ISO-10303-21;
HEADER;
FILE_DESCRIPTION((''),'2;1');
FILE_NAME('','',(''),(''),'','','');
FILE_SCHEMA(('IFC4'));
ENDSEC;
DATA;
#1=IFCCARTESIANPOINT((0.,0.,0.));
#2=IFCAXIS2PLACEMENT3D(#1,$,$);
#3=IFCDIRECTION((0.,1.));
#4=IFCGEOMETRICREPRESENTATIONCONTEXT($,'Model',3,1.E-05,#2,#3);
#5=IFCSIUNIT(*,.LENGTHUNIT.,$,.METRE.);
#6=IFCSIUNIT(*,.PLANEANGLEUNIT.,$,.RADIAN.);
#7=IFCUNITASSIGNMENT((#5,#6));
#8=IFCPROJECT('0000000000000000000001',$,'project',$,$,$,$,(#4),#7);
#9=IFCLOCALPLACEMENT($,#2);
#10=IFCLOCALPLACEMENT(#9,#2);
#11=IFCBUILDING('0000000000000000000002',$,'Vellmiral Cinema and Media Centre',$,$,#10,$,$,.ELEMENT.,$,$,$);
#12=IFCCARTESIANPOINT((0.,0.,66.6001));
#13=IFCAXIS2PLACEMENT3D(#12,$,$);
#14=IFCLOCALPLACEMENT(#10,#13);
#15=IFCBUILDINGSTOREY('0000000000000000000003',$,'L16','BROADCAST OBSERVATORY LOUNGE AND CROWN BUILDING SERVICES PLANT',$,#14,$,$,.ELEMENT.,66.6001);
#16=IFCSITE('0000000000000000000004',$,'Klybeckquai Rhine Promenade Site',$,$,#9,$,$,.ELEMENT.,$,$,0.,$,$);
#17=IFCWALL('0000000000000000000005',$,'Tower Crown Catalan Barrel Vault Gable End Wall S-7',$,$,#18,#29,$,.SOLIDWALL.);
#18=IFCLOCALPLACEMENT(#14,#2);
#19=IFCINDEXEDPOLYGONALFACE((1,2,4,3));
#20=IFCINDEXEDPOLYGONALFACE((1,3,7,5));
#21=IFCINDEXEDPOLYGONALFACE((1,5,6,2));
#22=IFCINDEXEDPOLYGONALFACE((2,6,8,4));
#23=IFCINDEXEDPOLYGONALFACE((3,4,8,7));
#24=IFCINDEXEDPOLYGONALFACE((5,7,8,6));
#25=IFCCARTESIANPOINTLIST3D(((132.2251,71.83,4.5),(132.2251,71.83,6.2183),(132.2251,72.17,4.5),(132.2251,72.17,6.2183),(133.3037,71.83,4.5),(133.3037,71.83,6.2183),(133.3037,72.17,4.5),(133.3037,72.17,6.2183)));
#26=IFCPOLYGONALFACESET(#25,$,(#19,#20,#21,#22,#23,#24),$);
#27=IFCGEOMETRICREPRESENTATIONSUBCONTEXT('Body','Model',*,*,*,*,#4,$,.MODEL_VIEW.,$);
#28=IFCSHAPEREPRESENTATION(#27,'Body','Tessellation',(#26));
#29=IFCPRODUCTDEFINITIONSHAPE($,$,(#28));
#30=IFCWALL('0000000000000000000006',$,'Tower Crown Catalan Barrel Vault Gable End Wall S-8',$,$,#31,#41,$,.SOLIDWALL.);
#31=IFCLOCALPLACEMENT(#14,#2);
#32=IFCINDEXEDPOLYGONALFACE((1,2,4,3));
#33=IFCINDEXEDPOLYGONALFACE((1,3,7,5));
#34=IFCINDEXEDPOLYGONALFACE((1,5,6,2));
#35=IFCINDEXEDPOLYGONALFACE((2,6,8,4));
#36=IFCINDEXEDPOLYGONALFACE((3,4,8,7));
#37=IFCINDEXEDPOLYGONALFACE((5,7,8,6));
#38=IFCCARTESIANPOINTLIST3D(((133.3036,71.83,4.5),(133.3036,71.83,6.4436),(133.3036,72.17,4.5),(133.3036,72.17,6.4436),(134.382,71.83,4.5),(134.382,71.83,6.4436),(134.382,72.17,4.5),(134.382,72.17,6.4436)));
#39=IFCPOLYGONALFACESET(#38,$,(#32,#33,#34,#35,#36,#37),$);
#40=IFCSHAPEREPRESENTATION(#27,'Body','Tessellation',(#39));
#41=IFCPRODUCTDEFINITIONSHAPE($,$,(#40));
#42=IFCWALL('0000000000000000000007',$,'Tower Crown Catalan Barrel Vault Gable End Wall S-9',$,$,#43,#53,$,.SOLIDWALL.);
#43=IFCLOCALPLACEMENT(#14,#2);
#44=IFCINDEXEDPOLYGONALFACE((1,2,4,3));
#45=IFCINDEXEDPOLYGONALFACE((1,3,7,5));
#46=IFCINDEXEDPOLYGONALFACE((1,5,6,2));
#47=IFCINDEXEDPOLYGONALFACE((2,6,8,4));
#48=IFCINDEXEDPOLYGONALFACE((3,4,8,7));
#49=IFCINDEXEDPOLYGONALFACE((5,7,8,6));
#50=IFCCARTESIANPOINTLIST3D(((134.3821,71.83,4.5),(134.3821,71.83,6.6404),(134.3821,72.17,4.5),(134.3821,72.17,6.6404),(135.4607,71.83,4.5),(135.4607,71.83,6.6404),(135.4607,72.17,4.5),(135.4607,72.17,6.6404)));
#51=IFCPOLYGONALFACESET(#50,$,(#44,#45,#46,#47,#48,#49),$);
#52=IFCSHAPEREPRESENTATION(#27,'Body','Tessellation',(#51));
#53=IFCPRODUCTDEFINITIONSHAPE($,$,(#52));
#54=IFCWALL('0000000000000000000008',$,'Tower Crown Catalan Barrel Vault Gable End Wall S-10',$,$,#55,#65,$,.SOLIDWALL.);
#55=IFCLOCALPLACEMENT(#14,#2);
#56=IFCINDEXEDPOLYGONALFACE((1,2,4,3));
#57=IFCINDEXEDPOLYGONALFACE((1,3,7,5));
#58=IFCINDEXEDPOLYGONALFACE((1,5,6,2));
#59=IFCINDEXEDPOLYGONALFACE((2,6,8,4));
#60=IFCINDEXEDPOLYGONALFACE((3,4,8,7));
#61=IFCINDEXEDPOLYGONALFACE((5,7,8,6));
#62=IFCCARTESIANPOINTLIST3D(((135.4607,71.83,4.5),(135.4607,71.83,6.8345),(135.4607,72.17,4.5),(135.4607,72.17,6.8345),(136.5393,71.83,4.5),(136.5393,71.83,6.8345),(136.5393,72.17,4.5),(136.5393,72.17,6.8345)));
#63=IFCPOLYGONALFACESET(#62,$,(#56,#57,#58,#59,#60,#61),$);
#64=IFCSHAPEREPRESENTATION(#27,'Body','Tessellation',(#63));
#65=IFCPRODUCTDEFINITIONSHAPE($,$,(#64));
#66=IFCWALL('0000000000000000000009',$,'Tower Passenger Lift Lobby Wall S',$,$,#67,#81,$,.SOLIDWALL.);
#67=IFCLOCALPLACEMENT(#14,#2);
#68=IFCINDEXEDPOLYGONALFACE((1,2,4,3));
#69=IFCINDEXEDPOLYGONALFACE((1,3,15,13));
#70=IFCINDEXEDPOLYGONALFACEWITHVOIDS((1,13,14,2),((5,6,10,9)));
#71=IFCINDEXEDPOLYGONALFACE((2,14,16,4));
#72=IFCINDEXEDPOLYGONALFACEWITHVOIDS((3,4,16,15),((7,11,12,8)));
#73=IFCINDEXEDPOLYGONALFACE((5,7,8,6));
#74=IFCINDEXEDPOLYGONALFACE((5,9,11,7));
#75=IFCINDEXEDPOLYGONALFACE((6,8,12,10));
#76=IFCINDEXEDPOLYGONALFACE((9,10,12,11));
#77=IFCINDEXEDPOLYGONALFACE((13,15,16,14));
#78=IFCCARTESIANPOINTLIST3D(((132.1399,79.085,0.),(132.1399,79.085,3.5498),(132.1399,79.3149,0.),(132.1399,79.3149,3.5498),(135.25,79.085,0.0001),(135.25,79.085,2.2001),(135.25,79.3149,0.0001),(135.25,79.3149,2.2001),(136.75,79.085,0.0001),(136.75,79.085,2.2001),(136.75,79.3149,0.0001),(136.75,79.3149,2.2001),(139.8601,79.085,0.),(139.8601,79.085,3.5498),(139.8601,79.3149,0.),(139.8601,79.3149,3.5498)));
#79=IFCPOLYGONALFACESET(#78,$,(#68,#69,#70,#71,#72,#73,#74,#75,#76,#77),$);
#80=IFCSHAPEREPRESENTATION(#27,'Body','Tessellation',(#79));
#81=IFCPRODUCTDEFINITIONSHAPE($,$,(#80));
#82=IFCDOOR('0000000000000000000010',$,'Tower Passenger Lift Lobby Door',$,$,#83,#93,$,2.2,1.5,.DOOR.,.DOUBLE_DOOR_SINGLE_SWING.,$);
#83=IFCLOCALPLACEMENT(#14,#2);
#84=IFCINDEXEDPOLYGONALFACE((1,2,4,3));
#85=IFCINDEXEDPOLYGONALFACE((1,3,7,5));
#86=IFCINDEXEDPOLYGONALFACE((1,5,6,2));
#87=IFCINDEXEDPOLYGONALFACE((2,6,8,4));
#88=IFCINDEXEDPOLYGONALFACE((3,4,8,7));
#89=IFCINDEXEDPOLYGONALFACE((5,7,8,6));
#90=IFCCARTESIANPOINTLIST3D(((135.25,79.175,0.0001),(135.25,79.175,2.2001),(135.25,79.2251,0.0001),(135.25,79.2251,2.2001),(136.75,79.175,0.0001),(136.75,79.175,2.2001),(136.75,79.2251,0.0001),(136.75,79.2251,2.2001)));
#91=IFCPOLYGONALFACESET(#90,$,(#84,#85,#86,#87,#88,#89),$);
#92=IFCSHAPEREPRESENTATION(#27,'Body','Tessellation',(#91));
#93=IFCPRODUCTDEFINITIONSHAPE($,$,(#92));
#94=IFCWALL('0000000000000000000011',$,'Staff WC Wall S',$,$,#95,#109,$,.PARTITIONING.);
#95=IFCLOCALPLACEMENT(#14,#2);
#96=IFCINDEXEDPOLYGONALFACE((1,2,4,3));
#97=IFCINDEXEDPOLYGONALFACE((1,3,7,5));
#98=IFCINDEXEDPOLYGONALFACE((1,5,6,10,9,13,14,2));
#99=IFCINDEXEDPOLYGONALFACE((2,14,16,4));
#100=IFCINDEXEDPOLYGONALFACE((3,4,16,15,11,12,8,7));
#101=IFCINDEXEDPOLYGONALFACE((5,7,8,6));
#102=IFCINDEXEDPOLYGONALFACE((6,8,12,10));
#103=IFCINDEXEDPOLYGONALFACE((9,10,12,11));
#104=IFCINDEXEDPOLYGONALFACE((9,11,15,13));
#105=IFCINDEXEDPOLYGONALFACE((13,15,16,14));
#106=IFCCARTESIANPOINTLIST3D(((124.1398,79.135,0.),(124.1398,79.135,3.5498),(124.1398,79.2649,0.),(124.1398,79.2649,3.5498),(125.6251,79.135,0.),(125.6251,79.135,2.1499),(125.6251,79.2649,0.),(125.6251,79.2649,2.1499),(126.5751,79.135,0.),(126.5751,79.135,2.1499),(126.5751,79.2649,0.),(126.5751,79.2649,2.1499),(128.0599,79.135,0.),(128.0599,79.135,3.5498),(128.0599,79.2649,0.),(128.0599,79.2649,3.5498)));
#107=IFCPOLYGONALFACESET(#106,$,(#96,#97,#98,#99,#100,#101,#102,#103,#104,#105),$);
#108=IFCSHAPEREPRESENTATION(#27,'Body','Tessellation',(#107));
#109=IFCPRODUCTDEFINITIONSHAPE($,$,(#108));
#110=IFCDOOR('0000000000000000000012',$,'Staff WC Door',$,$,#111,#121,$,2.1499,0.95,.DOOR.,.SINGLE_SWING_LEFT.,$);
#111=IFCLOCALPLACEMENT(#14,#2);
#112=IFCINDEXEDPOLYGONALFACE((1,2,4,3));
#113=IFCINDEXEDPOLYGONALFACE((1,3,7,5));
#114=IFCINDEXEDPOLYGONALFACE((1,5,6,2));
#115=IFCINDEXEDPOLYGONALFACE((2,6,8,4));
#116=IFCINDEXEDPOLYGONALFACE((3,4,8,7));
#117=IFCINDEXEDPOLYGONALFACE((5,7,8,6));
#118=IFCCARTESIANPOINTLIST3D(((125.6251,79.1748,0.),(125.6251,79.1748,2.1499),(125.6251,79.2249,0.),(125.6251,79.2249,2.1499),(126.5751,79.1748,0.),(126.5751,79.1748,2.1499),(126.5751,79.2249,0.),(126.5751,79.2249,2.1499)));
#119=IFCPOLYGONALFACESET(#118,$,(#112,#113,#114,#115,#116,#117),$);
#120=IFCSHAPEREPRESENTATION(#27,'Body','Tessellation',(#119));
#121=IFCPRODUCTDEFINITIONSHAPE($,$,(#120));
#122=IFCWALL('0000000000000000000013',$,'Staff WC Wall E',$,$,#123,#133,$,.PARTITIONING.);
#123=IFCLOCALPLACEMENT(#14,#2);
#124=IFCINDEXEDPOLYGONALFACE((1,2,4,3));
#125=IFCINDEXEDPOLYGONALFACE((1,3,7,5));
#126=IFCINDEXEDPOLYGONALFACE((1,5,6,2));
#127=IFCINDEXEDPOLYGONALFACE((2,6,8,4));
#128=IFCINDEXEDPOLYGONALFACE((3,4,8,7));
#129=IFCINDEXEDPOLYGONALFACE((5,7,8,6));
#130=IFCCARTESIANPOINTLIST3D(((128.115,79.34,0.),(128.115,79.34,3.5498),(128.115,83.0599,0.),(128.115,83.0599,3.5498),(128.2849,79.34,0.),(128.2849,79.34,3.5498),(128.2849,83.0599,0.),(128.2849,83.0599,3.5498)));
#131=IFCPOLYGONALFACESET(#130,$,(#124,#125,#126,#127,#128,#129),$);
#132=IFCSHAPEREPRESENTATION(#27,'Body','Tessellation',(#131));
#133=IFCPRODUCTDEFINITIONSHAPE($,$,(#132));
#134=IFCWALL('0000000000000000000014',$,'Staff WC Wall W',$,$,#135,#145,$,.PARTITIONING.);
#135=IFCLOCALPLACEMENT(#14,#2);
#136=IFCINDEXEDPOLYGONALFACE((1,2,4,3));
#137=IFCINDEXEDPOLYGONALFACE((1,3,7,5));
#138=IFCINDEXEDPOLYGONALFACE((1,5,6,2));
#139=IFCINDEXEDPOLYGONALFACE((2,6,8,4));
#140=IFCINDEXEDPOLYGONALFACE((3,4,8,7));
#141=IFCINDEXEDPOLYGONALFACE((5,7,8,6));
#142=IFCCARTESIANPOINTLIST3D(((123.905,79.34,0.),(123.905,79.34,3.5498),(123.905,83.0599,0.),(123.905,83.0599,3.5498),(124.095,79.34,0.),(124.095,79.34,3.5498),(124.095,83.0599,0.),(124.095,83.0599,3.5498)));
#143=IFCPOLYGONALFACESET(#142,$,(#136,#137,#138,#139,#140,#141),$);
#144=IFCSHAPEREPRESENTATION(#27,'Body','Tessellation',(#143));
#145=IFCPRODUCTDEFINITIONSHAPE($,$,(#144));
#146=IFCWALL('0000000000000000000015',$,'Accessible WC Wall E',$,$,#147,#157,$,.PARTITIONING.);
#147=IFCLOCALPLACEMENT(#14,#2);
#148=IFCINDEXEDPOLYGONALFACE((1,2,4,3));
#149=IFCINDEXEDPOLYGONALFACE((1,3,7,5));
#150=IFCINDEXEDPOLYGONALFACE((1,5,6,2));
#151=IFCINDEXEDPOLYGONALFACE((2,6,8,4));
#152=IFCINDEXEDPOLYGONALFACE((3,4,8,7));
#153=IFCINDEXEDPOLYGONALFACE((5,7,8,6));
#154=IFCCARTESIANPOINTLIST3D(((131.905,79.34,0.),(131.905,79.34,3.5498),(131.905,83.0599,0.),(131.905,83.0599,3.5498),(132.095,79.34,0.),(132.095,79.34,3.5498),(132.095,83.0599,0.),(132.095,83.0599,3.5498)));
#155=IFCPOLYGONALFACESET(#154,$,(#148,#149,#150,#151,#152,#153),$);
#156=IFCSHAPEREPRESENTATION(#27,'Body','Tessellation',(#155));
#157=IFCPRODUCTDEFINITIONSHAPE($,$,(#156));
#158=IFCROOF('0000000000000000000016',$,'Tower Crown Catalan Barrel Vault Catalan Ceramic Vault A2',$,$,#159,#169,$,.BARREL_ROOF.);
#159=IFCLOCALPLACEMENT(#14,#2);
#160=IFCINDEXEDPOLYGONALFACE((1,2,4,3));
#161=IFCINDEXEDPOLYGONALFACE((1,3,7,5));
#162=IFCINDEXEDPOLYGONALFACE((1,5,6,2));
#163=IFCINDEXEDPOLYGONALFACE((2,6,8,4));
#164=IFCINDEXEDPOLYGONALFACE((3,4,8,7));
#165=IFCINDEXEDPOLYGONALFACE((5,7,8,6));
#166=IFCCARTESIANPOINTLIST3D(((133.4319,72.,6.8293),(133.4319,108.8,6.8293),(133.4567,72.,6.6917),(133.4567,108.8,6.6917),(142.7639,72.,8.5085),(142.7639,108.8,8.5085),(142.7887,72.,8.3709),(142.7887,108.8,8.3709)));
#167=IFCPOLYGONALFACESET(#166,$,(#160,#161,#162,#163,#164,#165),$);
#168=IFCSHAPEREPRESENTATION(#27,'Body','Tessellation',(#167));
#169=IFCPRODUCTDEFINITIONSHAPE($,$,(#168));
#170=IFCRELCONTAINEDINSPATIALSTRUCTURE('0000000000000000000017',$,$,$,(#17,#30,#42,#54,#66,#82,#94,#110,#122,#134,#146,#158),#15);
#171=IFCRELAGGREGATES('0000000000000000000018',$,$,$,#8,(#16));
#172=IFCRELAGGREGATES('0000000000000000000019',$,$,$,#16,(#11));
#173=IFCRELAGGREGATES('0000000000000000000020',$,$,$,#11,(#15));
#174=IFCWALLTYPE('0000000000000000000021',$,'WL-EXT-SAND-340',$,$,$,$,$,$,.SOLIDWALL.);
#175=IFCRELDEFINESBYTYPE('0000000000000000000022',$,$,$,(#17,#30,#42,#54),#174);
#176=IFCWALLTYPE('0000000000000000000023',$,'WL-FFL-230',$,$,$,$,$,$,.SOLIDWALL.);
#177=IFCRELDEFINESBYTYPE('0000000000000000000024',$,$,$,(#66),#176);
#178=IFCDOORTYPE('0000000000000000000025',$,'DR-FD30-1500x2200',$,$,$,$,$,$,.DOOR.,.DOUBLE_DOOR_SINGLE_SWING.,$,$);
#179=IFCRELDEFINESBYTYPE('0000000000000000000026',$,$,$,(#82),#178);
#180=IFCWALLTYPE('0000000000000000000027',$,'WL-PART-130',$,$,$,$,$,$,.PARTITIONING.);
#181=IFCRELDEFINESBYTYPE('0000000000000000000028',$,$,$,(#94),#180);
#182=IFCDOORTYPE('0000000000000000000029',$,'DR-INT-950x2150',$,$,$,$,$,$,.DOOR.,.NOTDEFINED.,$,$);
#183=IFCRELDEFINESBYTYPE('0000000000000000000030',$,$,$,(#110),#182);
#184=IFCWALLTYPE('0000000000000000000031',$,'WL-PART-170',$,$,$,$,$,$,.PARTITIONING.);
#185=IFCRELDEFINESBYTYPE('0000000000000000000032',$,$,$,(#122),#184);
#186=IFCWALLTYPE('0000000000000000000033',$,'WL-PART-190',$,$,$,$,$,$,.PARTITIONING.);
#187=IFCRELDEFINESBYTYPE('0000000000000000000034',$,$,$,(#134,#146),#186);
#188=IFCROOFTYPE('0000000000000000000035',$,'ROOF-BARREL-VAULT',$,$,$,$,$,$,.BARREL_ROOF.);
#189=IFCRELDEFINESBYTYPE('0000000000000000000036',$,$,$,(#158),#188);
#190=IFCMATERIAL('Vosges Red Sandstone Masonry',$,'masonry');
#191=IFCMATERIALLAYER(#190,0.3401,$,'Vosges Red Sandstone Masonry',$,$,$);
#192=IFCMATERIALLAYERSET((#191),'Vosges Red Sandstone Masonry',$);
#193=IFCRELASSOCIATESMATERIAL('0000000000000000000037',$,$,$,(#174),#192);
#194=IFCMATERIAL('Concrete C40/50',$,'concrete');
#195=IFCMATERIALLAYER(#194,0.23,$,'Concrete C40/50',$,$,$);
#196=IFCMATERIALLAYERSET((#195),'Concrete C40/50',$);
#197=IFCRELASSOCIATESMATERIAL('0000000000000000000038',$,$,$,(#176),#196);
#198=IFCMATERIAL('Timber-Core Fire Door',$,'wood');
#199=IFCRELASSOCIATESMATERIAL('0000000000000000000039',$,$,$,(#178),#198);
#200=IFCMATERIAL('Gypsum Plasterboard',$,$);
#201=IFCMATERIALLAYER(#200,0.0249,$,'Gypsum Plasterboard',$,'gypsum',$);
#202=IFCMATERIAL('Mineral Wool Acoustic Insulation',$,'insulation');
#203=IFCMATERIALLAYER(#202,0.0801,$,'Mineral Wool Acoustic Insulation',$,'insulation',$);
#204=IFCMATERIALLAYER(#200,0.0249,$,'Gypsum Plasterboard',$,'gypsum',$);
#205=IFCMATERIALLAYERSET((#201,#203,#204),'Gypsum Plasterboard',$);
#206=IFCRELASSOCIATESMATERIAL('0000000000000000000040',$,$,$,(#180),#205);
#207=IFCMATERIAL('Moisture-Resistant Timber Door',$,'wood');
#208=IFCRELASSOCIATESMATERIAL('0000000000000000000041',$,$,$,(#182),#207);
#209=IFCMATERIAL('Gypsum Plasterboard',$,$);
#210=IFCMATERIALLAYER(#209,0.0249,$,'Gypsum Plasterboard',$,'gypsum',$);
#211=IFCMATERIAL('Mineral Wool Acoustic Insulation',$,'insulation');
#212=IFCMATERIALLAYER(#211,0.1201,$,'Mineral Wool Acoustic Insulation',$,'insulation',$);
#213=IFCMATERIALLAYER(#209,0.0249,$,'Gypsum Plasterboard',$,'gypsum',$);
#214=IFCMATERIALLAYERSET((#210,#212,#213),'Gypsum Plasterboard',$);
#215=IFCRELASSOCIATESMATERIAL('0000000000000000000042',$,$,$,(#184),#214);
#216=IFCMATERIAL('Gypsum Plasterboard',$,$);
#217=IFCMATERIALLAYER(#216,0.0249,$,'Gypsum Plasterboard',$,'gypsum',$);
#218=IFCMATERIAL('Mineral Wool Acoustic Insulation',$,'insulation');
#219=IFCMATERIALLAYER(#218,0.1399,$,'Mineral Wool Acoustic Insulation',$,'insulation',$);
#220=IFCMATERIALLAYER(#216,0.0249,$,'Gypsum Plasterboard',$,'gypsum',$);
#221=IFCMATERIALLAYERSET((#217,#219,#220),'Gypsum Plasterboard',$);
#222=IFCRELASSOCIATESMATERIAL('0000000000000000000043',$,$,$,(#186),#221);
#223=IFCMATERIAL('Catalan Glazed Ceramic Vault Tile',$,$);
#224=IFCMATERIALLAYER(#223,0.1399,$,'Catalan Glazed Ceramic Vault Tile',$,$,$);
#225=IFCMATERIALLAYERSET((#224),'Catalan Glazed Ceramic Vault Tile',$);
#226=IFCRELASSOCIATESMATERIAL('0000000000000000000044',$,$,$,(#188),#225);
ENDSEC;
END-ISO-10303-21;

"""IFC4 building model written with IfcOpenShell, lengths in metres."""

from ifc_helpers import new_model, si_unit, direction, frame, frame_2d, origin, place, context, subcontext, project, spatial, polyline, rectangle, outline, extrude, material, layer, layer_set, type_object, element, fill, save


model = new_model("IFC4")

# Units and contexts
model_context = context("Model", 3, precision=1e-05, world=origin(), true_north=direction((0.0, 1.0)))
body_context = subcontext(model_context, "Body", "Model", "MODEL_VIEW")
ifc_project = project(units=[si_unit("LENGTHUNIT", "METRE"), si_unit("PLANEANGLEUNIT", "RADIAN")], contexts=[model_context])

# Site, building, storey
site_placement = place(None, origin())
site = spatial("IfcSite", under=ifc_project, at=site_placement, Name="Klybeckquai Rhine Promenade Site", CompositionType="ELEMENT", RefElevation=0.0)
building_placement = place(site_placement, origin())
building = spatial("IfcBuilding", under=site, at=building_placement, Name="Vellmiral Cinema and Media Centre", CompositionType="ELEMENT")
storey_placement = place(building_placement, frame((0.0, 0.0, 66.6001)))
storey = spatial("IfcBuildingStorey", under=building, at=storey_placement, Name="L16", Description="BROADCAST OBSERVATORY LOUNGE AND CROWN BUILDING SERVICES PLANT", CompositionType="ELEMENT", Elevation=66.6001)

# Walls
ifc_material_1 = material(Name="Vosges Red Sandstone Masonry", Category="masonry")
ifc_layer_1 = layer(ifc_material_1, 0.3401, Name="Vosges Red Sandstone Masonry")
ifc_layer_set_1 = layer_set([ifc_layer_1], Name="Vosges Red Sandstone Masonry")
wall_type_1 = type_object("IfcWallType", Name="WL-EXT-SAND-340", PredefinedType="SOLIDWALL", material=ifc_layer_set_1)
wall_1_placement = place(storey_placement, frame((132.2251, 72.0, 4.5), z_axis=(0.0, 0.0, 1.0), x_axis=(1.0, 0.0, 0.0)))
element("IfcWall", 1, at=wall_1_placement, inside=storey, type_object=wall_type_1, Name="Tower Crown Catalan Barrel Vault Gable End Wall S-7", PredefinedType="SOLIDWALL", context=body_context, shape_type="SweptSolid", body=[
    extrude(rectangle(XDim=1.0786, YDim=0.3401, at=frame_2d((0.5393, 0.0))), origin(), (0.0, 0.0, 1.0), 1.7183),
])
wall_2_placement = place(storey_placement, frame((133.3037, 72.0, 4.5), z_axis=(0.0, 0.0, 1.0), x_axis=(1.0, 0.0, 0.0)))
element("IfcWall", 2, at=wall_2_placement, inside=storey, type_object=wall_type_1, Name="Tower Crown Catalan Barrel Vault Gable End Wall S-8", PredefinedType="SOLIDWALL", context=body_context, shape_type="SweptSolid", body=[
    extrude(rectangle(XDim=1.0784, YDim=0.3401, at=frame_2d((0.5391, 0.0))), origin(), (0.0, 0.0, 1.0), 1.9436),
])
wall_3_placement = place(storey_placement, frame((134.3821, 72.0, 4.5), z_axis=(0.0, 0.0, 1.0), x_axis=(1.0, 0.0, 0.0)))
element("IfcWall", 3, at=wall_3_placement, inside=storey, type_object=wall_type_1, Name="Tower Crown Catalan Barrel Vault Gable End Wall S-9", PredefinedType="SOLIDWALL", context=body_context, shape_type="SweptSolid", body=[
    extrude(rectangle(XDim=1.0786, YDim=0.3401, at=frame_2d((0.5393, 0.0))), origin(), (0.0, 0.0, 1.0), 2.1404),
])
wall_4_placement = place(storey_placement, frame((135.4607, 72.0, 4.5), z_axis=(0.0, 0.0, 1.0), x_axis=(1.0, 0.0, 0.0)))
element("IfcWall", 4, at=wall_4_placement, inside=storey, type_object=wall_type_1, Name="Tower Crown Catalan Barrel Vault Gable End Wall S-10", PredefinedType="SOLIDWALL", context=body_context, shape_type="SweptSolid", body=[
    extrude(rectangle(XDim=1.0786, YDim=0.3401, at=frame_2d((0.5393, 0.0))), origin(), (0.0, 0.0, 1.0), 2.3345),
])

# Walls, openings, doors
ifc_material_2 = material(Name="Concrete C40/50", Category="concrete")
ifc_layer_2 = layer(ifc_material_2, 0.23, Name="Concrete C40/50")
ifc_layer_set_2 = layer_set([ifc_layer_2], Name="Concrete C40/50")
wall_type_2 = type_object("IfcWallType", Name="WL-FFL-230", PredefinedType="SOLIDWALL", material=ifc_layer_set_2)
wall_5_placement = place(storey_placement, frame((132.1399, 79.2, 0.0), z_axis=(0.0, 0.0, 1.0), x_axis=(1.0, 0.0, 0.0)))
wall_5 = element("IfcWall", 5, at=wall_5_placement, inside=storey, type_object=wall_type_2, Name="Tower Passenger Lift Lobby Wall S", PredefinedType="SOLIDWALL", context=body_context, shape_type="SweptSolid", body=[
    extrude(rectangle(XDim=7.7202, YDim=0.23, at=frame_2d((3.8601, 0.0))), origin(), (0.0, 0.0, 1.0), 3.5498),
])
opening_1_placement = place(wall_5_placement, frame((3.1101, 0.0, 0.0)))
opening_1 = element("IfcOpeningElement", 6, at=opening_1_placement, cuts=wall_5, PredefinedType="OPENING", context=body_context, shape_type="SweptSolid", body=[
    extrude(rectangle(XDim=1.5, YDim=2.2, at=frame_2d((0.75, 1.1001))), frame((0.0, 0.127, 0.0), z_axis=(0.0, -1.0, 0.0), x_axis=(1.0, 0.0, 0.0)), (0.0, 0.0, 1.0), 0.2539),
])
ifc_material_3 = material(Name="Timber-Core Fire Door", Category="wood")
door_type_1 = type_object("IfcDoorType", Name="DR-FD30-1500x2200", OperationType="DOUBLE_DOOR_SINGLE_SWING", PredefinedType="DOOR", material=ifc_material_3)
door_1_placement = place(opening_1_placement, frame((1.5, 0.0, 0.0), z_axis=(0.0, 0.0, 1.0), x_axis=(-1.0, 0.0, 0.0)))
door_1 = element("IfcDoor", 7, at=door_1_placement, inside=storey, type_object=door_type_1, Name="Tower Passenger Lift Lobby Door", OperationType="DOUBLE_DOOR_SINGLE_SWING", OverallHeight=2.2, OverallWidth=1.5, PredefinedType="DOOR", context=body_context, shape_type="SweptSolid", body=[
    extrude(rectangle(XDim=1.5, YDim=2.2, at=frame_2d((0.75, 1.1001))), frame((0.0, 0.0249, 0.0), z_axis=(0.0, -1.0, 0.0), x_axis=(1.0, 0.0, 0.0)), (0.0, 0.0, 1.0), 0.05),
])
fill(opening_1, door_1)
ifc_material_4 = material(Name="Gypsum Plasterboard")
ifc_layer_3 = layer(ifc_material_4, 0.0249, Name="Gypsum Plasterboard", Category="gypsum")
ifc_material_5 = material(Name="Mineral Wool Acoustic Insulation", Category="insulation")
ifc_layer_4 = layer(ifc_material_5, 0.0801, Name="Mineral Wool Acoustic Insulation", Category="insulation")
ifc_layer_5 = layer(ifc_material_4, 0.0249, Name="Gypsum Plasterboard", Category="gypsum")
ifc_layer_set_3 = layer_set([ifc_layer_3, ifc_layer_4, ifc_layer_5], Name="Gypsum Plasterboard")
wall_type_3 = type_object("IfcWallType", Name="WL-PART-130", PredefinedType="PARTITIONING", material=ifc_layer_set_3)
wall_6_placement = place(storey_placement, frame((124.1399, 79.2, 0.0), z_axis=(0.0, 0.0, 1.0), x_axis=(1.0, 0.0, 0.0)))
wall_6 = element("IfcWall", 8, at=wall_6_placement, inside=storey, type_object=wall_type_3, Name="Staff WC Wall S", PredefinedType="PARTITIONING", context=body_context, shape_type="SweptSolid", body=[
    extrude(rectangle(XDim=3.9202, YDim=0.1299, at=frame_2d((1.96, 0.0))), origin(), (0.0, 0.0, 1.0), 3.5498),
])
opening_2_placement = place(wall_6_placement, frame((1.4851, 0.0, 0.0)))
opening_2 = element("IfcOpeningElement", 9, at=opening_2_placement, cuts=wall_6, PredefinedType="OPENING", context=body_context, shape_type="SweptSolid", body=[
    extrude(rectangle(XDim=0.95, YDim=2.1499, at=frame_2d((0.4751, 1.075))), frame((0.0, 0.0769, 0.0), z_axis=(0.0, -1.0, 0.0), x_axis=(1.0, 0.0, 0.0)), (0.0, 0.0, 1.0), 0.1538),
])
ifc_material_6 = material(Name="Moisture-Resistant Timber Door", Category="wood")
door_type_2 = type_object("IfcDoorType", Name="DR-INT-950x2150", OperationType="NOTDEFINED", PredefinedType="DOOR", material=ifc_material_6)
door_2_placement = place(opening_2_placement, origin())
door_2 = element("IfcDoor", 10, at=door_2_placement, inside=storey, type_object=door_type_2, Name="Staff WC Door", OperationType="SINGLE_SWING_LEFT", OverallHeight=2.1499, OverallWidth=0.95, PredefinedType="DOOR", context=body_context, shape_type="SweptSolid", body=[
    extrude(rectangle(XDim=0.95, YDim=2.1499, at=frame_2d((0.4751, 1.075))), frame((0.0, 0.0249, 0.0), z_axis=(0.0, -1.0, 0.0), x_axis=(1.0, 0.0, 0.0)), (0.0, 0.0, 1.0), 0.05),
])
fill(opening_2, door_2)

# Walls
ifc_material_7 = material(Name="Gypsum Plasterboard")
ifc_layer_6 = layer(ifc_material_7, 0.0249, Name="Gypsum Plasterboard", Category="gypsum")
ifc_material_8 = material(Name="Mineral Wool Acoustic Insulation", Category="insulation")
ifc_layer_7 = layer(ifc_material_8, 0.1201, Name="Mineral Wool Acoustic Insulation", Category="insulation")
ifc_layer_8 = layer(ifc_material_7, 0.0249, Name="Gypsum Plasterboard", Category="gypsum")
ifc_layer_set_4 = layer_set([ifc_layer_6, ifc_layer_7, ifc_layer_8], Name="Gypsum Plasterboard")
wall_type_4 = type_object("IfcWallType", Name="WL-PART-170", PredefinedType="PARTITIONING", material=ifc_layer_set_4)
wall_7_placement = place(storey_placement, frame((128.2, 79.3401, 0.0), z_axis=(0.0, 0.0, 1.0), x_axis=(0.0, 1.0, 0.0)))
element("IfcWall", 11, at=wall_7_placement, inside=storey, type_object=wall_type_4, Name="Staff WC Wall E", PredefinedType="PARTITIONING", context=body_context, shape_type="SweptSolid", body=[
    extrude(rectangle(XDim=3.72, YDim=0.1699, at=frame_2d((1.8599, 0.0))), origin(), (0.0, 0.0, 1.0), 3.5498),
])
ifc_material_9 = material(Name="Gypsum Plasterboard")
ifc_layer_9 = layer(ifc_material_9, 0.0249, Name="Gypsum Plasterboard", Category="gypsum")
ifc_material_10 = material(Name="Mineral Wool Acoustic Insulation", Category="insulation")
ifc_layer_10 = layer(ifc_material_10, 0.1399, Name="Mineral Wool Acoustic Insulation", Category="insulation")
ifc_layer_11 = layer(ifc_material_9, 0.0249, Name="Gypsum Plasterboard", Category="gypsum")
ifc_layer_set_5 = layer_set([ifc_layer_9, ifc_layer_10, ifc_layer_11], Name="Gypsum Plasterboard")
wall_type_5 = type_object("IfcWallType", Name="WL-PART-190", PredefinedType="PARTITIONING", material=ifc_layer_set_5)
for number, where, z_axis, x_axis, name in (
    (12, (124.0, 79.3401, 0.0), (0.0, 0.0, 1.0), (0.0, 1.0, 0.0), "Staff WC Wall W"),
    (13, (132.0, 79.3401, 0.0), (0.0, 0.0, 1.0), (0.0, 1.0, 0.0), "Accessible WC Wall E"),
):
    element("IfcWall", number, at=place(storey_placement, frame(where, z_axis=z_axis, x_axis=x_axis)), inside=storey, type_object=wall_type_5, Name=name, PredefinedType="PARTITIONING", context=body_context, shape_type="SweptSolid", body=[
        extrude(rectangle(XDim=3.72, YDim=0.1899, at=frame_2d((1.8599, 0.0))), origin(), (0.0, 0.0, 1.0), 3.5498),
    ])

# Roof
ifc_material_11 = material(Name="Catalan Glazed Ceramic Vault Tile")
ifc_layer_12 = layer(ifc_material_11, 0.1399, Name="Catalan Glazed Ceramic Vault Tile")
ifc_layer_set_6 = layer_set([ifc_layer_12], Name="Catalan Glazed Ceramic Vault Tile")
roof_type = type_object("IfcRoofType", Name="ROOF-BARREL-VAULT", PredefinedType="BARREL_ROOF", material=ifc_layer_set_6)
roof_placement = place(storey_placement, frame((133.4319, 72.0, 6.8293), z_axis=(-0.177095, 0.0, 0.984194), x_axis=(0.984194, 0.0, 0.177095)))
element("IfcRoof", 14, at=roof_placement, inside=storey, type_object=roof_type, Name="Tower Crown Catalan Barrel Vault Catalan Ceramic Vault A2", PredefinedType="BARREL_ROOF", context=body_context, shape_type="SweptSolid", body=[
    extrude(outline(polyline([(0.0, 0.0), (9.4819, 0.0), (9.4819, 36.8), (0.0, 36.8), (0.0, 0.0)])), origin(), (0.0, 0.0, -1.0), 0.1399),
])

save(model, "model.ifc")
